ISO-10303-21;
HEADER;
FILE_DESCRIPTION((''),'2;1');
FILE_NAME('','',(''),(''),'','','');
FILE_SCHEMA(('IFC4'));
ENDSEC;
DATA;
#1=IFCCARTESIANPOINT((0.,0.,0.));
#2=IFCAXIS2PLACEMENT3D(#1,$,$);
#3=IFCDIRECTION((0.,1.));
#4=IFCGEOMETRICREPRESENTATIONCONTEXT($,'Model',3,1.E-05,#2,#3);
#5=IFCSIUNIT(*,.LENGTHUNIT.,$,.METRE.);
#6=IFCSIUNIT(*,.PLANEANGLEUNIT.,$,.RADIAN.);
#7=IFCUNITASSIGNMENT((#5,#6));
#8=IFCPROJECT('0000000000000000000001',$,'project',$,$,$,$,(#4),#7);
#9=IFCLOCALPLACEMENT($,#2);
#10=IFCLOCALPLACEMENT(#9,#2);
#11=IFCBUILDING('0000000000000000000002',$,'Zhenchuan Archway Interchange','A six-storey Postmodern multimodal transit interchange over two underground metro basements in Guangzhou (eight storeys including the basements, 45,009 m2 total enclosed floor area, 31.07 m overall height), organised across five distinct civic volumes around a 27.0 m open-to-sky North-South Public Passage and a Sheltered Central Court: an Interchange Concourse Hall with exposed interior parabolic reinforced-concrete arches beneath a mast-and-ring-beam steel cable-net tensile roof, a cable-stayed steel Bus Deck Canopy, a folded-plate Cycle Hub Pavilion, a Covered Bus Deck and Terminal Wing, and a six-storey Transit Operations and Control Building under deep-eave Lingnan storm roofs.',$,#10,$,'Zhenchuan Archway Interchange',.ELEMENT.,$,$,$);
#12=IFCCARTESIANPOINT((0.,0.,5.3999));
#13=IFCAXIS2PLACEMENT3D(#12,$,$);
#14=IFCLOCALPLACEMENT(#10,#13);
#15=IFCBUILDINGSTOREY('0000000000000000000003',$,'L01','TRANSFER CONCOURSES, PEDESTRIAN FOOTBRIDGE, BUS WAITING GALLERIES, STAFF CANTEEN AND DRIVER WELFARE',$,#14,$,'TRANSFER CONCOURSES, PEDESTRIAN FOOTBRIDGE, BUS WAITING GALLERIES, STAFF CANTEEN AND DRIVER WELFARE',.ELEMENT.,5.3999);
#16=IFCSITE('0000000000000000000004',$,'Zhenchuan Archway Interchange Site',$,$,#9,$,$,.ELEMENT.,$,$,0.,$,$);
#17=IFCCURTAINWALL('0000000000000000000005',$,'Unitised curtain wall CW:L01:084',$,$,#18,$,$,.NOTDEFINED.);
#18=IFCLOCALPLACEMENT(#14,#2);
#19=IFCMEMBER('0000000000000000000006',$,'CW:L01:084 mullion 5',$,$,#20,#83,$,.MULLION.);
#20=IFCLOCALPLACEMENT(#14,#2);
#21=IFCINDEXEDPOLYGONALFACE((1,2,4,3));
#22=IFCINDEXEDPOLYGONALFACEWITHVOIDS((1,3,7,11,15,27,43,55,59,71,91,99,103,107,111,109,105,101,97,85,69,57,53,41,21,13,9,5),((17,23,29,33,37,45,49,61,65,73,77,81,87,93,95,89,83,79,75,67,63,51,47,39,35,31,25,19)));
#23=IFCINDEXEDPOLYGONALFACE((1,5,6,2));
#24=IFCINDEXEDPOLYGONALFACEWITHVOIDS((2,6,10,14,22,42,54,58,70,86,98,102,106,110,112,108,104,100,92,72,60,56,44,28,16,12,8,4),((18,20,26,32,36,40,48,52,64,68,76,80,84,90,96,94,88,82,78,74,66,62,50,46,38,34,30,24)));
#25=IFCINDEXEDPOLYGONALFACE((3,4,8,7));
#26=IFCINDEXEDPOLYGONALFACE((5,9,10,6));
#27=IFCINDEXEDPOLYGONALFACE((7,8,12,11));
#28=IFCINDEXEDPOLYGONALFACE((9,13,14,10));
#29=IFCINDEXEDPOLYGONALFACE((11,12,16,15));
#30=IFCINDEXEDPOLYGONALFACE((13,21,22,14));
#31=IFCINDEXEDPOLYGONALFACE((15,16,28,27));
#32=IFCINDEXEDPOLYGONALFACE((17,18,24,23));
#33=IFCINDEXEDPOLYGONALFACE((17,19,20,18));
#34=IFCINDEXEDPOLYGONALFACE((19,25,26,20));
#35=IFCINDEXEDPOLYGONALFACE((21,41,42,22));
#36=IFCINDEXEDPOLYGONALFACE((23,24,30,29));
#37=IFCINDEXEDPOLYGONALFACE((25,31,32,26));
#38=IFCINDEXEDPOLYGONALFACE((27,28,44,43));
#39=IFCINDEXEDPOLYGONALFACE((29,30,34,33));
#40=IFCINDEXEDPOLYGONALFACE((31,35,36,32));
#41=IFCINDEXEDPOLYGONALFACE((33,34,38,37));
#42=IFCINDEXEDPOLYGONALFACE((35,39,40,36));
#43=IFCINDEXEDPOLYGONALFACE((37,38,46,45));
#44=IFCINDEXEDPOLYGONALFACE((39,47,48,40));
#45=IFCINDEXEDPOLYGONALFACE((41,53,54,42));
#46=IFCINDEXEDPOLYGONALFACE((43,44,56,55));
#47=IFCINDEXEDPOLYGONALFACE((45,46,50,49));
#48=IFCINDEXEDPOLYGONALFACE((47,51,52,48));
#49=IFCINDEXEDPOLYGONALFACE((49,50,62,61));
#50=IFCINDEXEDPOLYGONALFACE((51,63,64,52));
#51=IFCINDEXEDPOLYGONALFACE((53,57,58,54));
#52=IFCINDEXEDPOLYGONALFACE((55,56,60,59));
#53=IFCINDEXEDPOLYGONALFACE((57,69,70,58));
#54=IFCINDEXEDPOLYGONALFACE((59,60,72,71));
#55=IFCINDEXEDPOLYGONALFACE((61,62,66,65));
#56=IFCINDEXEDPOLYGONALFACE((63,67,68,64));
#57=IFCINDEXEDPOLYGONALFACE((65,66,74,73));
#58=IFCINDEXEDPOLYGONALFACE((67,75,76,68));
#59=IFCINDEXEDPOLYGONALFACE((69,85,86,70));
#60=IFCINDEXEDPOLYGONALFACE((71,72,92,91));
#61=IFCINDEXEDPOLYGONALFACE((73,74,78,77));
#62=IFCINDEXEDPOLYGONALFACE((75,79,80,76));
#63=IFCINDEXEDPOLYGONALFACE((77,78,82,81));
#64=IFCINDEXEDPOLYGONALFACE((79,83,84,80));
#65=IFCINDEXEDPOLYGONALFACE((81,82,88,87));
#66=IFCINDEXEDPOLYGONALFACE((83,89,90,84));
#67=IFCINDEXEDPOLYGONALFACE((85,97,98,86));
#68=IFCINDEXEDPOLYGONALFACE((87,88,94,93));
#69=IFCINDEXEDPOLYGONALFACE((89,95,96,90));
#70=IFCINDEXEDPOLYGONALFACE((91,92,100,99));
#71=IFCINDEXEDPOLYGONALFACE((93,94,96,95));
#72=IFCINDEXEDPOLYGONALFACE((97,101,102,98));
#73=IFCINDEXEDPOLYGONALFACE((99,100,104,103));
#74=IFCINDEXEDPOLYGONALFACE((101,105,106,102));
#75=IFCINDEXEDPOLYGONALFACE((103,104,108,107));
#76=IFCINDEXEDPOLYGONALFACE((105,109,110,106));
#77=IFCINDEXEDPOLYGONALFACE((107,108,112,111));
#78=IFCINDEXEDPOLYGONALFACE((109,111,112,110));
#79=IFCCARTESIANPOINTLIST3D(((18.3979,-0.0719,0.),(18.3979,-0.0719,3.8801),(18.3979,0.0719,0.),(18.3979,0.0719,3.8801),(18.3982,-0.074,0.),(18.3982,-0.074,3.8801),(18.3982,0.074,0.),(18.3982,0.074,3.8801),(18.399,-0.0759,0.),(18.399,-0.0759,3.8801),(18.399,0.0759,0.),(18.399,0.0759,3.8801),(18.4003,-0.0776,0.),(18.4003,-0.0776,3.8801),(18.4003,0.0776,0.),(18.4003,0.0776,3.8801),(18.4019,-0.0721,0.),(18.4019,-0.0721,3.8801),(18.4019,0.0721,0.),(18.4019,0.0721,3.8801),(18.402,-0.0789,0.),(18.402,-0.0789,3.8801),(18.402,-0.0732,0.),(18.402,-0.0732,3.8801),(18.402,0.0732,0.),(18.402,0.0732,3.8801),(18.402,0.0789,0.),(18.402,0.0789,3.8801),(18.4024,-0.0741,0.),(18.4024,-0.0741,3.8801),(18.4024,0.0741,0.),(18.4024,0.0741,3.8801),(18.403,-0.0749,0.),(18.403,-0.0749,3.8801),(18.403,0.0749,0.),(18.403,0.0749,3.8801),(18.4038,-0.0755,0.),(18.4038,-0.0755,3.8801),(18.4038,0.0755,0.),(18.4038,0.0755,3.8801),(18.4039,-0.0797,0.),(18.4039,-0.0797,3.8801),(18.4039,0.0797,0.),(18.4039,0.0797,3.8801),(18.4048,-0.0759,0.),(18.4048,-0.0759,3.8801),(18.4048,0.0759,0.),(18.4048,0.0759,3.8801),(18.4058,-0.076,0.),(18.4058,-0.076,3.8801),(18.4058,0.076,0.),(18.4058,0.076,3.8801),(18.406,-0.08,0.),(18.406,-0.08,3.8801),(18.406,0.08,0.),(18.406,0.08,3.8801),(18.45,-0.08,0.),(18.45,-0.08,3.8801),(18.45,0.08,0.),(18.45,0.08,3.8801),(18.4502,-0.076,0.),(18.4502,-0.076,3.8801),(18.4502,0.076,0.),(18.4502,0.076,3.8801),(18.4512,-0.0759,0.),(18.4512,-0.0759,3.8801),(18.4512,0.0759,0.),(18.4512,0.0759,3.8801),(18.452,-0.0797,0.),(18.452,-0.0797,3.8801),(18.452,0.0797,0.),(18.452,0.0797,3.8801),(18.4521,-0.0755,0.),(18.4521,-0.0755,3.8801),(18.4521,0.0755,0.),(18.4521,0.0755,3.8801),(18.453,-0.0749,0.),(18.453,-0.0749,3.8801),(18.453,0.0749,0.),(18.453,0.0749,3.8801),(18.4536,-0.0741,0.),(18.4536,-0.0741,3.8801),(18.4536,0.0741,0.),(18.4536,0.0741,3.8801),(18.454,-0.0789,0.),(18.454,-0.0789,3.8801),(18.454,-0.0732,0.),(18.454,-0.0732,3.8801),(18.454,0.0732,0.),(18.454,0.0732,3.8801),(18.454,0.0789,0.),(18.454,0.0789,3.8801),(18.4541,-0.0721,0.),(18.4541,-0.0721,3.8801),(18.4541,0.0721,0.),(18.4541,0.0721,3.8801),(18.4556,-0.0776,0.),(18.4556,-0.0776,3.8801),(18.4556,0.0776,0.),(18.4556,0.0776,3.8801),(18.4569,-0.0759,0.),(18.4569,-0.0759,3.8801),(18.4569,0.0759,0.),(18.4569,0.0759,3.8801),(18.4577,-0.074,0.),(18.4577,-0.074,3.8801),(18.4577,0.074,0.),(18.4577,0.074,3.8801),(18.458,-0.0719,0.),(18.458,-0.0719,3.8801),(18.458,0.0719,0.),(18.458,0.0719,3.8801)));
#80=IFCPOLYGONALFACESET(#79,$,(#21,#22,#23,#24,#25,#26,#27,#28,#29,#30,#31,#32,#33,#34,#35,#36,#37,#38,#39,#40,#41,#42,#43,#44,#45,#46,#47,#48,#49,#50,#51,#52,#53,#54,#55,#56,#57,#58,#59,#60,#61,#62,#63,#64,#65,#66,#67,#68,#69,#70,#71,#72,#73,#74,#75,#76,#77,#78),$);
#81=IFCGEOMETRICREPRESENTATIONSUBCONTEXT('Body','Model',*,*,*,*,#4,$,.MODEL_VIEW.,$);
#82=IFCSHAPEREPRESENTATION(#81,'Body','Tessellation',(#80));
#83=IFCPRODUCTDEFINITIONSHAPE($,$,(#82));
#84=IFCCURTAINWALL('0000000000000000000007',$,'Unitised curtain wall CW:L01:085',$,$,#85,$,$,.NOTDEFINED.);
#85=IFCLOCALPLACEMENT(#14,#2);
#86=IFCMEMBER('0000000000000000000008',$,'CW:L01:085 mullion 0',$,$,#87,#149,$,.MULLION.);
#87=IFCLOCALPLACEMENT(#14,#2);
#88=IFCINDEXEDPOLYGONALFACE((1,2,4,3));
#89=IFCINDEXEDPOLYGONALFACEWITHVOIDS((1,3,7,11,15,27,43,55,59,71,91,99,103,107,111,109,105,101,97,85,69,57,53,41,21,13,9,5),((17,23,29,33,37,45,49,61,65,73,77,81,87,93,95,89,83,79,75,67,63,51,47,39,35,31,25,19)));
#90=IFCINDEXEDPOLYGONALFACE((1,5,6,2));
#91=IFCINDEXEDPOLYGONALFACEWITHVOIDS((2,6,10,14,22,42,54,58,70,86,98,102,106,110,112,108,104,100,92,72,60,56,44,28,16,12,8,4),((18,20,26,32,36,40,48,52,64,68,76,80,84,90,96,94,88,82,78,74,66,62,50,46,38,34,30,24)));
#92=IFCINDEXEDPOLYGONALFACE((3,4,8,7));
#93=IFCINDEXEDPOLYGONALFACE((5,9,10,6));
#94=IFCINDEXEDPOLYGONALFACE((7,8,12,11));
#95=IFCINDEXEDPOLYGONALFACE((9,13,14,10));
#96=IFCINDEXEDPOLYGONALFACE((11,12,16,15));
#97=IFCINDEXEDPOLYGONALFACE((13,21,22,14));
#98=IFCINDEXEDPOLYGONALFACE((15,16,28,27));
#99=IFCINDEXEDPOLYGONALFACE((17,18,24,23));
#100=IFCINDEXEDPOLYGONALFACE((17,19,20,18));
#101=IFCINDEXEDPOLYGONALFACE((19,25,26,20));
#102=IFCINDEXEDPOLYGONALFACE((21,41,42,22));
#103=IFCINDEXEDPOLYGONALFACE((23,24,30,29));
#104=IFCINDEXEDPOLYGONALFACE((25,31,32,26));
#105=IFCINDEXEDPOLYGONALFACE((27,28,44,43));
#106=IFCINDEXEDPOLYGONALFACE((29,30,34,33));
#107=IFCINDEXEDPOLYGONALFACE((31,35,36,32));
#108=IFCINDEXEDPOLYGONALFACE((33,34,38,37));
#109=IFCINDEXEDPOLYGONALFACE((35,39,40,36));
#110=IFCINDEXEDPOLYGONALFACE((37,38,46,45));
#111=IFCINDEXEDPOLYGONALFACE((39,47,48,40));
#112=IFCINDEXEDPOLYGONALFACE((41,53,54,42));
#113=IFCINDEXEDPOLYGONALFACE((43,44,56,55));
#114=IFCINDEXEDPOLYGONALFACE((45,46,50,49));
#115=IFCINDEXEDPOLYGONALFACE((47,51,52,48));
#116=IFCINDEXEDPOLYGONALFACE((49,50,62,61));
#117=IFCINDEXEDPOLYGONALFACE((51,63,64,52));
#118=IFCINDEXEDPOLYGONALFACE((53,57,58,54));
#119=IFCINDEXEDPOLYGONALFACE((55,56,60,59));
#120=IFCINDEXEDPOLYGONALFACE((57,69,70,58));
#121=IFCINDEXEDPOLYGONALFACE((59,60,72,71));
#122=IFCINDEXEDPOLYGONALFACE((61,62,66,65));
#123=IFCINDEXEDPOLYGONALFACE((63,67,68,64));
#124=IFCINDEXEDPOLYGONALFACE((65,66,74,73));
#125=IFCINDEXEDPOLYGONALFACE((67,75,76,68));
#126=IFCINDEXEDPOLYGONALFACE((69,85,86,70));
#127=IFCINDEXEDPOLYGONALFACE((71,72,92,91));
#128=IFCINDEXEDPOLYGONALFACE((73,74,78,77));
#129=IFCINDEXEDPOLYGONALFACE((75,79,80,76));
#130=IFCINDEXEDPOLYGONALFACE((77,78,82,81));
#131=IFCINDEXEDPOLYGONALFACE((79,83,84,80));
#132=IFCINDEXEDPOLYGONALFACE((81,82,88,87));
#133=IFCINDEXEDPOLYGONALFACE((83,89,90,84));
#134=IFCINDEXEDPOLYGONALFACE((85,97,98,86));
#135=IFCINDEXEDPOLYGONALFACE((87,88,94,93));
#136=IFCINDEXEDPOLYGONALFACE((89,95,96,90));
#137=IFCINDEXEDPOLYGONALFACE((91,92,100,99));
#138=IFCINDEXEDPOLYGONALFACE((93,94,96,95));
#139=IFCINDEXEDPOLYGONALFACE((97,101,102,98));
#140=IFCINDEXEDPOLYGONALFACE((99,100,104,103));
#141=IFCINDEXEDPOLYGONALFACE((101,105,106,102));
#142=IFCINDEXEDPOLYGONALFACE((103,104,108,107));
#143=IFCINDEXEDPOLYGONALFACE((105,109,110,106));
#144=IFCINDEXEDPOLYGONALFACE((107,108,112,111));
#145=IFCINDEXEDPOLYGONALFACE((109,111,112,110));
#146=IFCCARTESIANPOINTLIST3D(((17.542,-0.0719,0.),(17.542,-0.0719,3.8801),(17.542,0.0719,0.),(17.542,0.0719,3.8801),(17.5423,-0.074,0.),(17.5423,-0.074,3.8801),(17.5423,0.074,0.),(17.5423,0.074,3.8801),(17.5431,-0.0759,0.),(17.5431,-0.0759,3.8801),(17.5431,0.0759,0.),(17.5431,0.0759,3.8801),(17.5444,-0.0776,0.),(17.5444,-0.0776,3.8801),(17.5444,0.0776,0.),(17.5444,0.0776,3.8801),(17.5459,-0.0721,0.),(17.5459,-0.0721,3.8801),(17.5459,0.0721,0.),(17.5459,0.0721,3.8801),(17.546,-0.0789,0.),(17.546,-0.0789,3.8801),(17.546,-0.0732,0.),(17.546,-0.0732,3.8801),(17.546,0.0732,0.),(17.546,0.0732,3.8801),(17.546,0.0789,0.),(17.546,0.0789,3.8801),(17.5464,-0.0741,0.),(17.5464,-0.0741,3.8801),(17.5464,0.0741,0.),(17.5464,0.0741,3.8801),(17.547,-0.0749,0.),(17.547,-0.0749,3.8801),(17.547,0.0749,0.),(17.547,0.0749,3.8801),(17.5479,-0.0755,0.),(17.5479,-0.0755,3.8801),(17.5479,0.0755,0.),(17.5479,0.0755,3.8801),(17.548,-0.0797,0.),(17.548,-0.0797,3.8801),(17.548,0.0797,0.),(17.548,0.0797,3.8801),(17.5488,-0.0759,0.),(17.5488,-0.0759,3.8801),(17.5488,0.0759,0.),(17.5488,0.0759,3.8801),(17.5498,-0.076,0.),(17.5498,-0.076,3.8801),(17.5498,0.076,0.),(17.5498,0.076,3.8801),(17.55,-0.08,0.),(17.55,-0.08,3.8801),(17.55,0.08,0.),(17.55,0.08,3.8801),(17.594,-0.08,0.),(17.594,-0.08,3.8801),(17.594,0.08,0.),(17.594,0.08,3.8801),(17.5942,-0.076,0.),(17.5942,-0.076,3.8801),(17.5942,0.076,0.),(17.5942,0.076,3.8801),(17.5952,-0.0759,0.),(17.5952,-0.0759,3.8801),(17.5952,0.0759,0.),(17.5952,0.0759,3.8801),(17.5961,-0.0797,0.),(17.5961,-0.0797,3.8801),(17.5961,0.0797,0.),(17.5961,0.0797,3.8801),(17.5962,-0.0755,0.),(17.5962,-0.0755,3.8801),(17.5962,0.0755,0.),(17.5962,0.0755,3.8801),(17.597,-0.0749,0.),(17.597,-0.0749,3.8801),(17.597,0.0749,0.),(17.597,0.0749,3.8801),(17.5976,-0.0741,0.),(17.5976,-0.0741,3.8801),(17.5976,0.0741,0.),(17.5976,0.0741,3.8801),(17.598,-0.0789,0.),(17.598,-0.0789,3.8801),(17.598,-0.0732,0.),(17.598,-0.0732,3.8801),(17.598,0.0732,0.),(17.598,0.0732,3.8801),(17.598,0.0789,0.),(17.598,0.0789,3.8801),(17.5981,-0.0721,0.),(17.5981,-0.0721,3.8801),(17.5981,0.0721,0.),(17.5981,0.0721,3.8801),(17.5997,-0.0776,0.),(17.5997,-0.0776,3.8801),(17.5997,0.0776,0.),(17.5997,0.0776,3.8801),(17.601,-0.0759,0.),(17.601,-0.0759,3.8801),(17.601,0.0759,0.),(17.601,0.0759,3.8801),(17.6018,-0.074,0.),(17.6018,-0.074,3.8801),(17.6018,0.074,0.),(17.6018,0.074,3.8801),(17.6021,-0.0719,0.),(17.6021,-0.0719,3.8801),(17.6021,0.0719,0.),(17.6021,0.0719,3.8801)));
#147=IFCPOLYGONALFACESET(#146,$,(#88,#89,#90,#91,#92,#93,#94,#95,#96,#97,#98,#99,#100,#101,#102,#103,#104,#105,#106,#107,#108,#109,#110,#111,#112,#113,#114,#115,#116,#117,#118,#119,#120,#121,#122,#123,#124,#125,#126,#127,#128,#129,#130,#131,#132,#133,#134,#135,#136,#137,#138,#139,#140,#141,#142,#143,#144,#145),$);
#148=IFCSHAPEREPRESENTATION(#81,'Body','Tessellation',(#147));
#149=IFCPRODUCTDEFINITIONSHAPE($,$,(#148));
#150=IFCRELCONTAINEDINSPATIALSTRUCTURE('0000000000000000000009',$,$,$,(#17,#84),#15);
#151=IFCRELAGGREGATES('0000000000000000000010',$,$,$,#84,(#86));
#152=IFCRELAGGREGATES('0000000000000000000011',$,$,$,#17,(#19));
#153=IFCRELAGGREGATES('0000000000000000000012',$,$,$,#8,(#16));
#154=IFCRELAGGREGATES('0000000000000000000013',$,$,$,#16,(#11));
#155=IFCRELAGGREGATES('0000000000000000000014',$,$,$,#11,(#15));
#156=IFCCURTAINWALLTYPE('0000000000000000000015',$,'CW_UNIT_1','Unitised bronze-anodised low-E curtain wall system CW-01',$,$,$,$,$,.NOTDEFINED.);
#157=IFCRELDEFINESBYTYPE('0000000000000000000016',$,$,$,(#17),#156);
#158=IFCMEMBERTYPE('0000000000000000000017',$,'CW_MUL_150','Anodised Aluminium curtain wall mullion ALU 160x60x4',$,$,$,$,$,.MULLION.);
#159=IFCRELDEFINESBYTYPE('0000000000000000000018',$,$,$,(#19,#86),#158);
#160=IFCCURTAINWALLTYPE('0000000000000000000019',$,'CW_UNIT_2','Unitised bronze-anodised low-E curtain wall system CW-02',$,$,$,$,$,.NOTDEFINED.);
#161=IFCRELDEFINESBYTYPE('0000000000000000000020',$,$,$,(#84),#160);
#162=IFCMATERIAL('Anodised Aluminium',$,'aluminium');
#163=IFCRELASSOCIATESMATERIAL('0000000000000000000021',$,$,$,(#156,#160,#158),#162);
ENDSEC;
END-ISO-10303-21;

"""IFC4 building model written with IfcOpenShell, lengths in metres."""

from ifc_helpers import new_model, si_unit, direction, frame, origin, origin_2d, place, context, subcontext, project, spatial, hollow_rectangle, extrude, material, material_profile, profile_set, type_object, element, aggregate, save


model = new_model("IFC4")

# Units and contexts
model_context = context("Model", 3, precision=1e-05, world=origin(), true_north=direction((0.0, 1.0)))
body_context = subcontext(model_context, "Body", "Model", "MODEL_VIEW")
ifc_project = project(units=[si_unit("LENGTHUNIT", "METRE"), si_unit("PLANEANGLEUNIT", "RADIAN")], contexts=[model_context])

# Site, building, storey
site_placement = place(None, origin())
site = spatial("IfcSite", under=ifc_project, at=site_placement, Name="Zhenchuan Archway Interchange Site", CompositionType="ELEMENT", RefElevation=0.0)
building_placement = place(site_placement, origin())
building = spatial("IfcBuilding", under=site, at=building_placement, Name="Zhenchuan Archway Interchange", Description="A six-storey Postmodern multimodal transit interchange over two underground metro basements in Guangzhou (eight storeys including the basements, 45,009 m2 total enclosed floor area, 31.07 m overall height), organised across five distinct civic volumes around a 27.0 m open-to-sky North-South Public Passage and a Sheltered Central Court: an Interchange Concourse Hall with exposed interior parabolic reinforced-concrete arches beneath a mast-and-ring-beam steel cable-net tensile roof, a cable-stayed steel Bus Deck Canopy, a folded-plate Cycle Hub Pavilion, a Covered Bus Deck and Terminal Wing, and a six-storey Transit Operations and Control Building under deep-eave Lingnan storm roofs.", LongName="Zhenchuan Archway Interchange", CompositionType="ELEMENT")
storey_placement = place(building_placement, frame((0.0, 0.0, 5.3999)))
storey = spatial("IfcBuildingStorey", under=building, at=storey_placement, Name="L01", Description="TRANSFER CONCOURSES, PEDESTRIAN FOOTBRIDGE, BUS WAITING GALLERIES, STAFF CANTEEN AND DRIVER WELFARE", LongName="TRANSFER CONCOURSES, PEDESTRIAN FOOTBRIDGE, BUS WAITING GALLERIES, STAFF CANTEEN AND DRIVER WELFARE", CompositionType="ELEMENT", Elevation=5.3999)

# Curtain wall, member
ifc_material_1 = material(Name="Anodised Aluminium", Category="aluminium")
curtain_wall_type_1 = type_object("IfcCurtainWallType", Name="CW_UNIT_1", Description="Unitised bronze-anodised low-E curtain wall system CW-01", PredefinedType="NOTDEFINED", material=ifc_material_1)
curtain_wall_1_placement = place(storey_placement, origin())
curtain_wall_1 = element("IfcCurtainWall", 1, at=curtain_wall_1_placement, inside=storey, type_object=curtain_wall_type_1, Name="Unitised curtain wall CW:L01:084", PredefinedType="NOTDEFINED")
ifc_material_profile_1 = material_profile(ifc_material_1, hollow_rectangle(XDim=0.0601, YDim=0.1599, WallThickness=0.0039, InnerFilletRadius=0.0039, OuterFilletRadius=0.0081, at=origin_2d()), Name="ALU 160x60x4")
ifc_profile_set_1 = profile_set([ifc_material_profile_1], Name="Anodised Aluminium")
member_type_1 = type_object("IfcMemberType", Name="CW_MUL_150", Description="Anodised Aluminium curtain wall mullion ALU 160x60x4", PredefinedType="MULLION", material=ifc_profile_set_1)
member_1_placement = place(storey_placement, frame((18.428, 0.0, 0.0), z_axis=(0.0, 0.0, 1.0), x_axis=(1.0, 0.0, 0.0)))
member_1 = element("IfcMember", 2, at=member_1_placement, type_object=member_type_1, Name="CW:L01:084 mullion 5", PredefinedType="MULLION", context=body_context, shape_type="SweptSolid", body=[
    extrude(hollow_rectangle(XDim=0.0601, YDim=0.1599, WallThickness=0.0039, InnerFilletRadius=0.0039, OuterFilletRadius=0.0081, at=origin_2d()), origin(), (0.0, 0.0, 1.0), 3.8801),
])

# Curtain wall, member
curtain_wall_type_2 = type_object("IfcCurtainWallType", Name="CW_UNIT_2", Description="Unitised bronze-anodised low-E curtain wall system CW-02", PredefinedType="NOTDEFINED", material=ifc_material_1)
curtain_wall_2_placement = place(storey_placement, origin())
curtain_wall_2 = element("IfcCurtainWall", 3, at=curtain_wall_2_placement, inside=storey, type_object=curtain_wall_type_2, Name="Unitised curtain wall CW:L01:085", PredefinedType="NOTDEFINED")
member_2_placement = place(storey_placement, frame((17.572, 0.0, 0.0), z_axis=(0.0, 0.0, 1.0), x_axis=(1.0, 0.0, 0.0)))
member_2 = element("IfcMember", 4, at=member_2_placement, type_object=member_type_1, Name="CW:L01:085 mullion 0", PredefinedType="MULLION", context=body_context, shape_type="SweptSolid", body=[
    extrude(hollow_rectangle(XDim=0.0601, YDim=0.1599, WallThickness=0.0039, InnerFilletRadius=0.0039, OuterFilletRadius=0.0081, at=origin_2d()), origin(), (0.0, 0.0, 1.0), 3.8801),
])

aggregate(curtain_wall_2, [member_2])

aggregate(curtain_wall_1, [member_1])

save(model, "model.ifc")
